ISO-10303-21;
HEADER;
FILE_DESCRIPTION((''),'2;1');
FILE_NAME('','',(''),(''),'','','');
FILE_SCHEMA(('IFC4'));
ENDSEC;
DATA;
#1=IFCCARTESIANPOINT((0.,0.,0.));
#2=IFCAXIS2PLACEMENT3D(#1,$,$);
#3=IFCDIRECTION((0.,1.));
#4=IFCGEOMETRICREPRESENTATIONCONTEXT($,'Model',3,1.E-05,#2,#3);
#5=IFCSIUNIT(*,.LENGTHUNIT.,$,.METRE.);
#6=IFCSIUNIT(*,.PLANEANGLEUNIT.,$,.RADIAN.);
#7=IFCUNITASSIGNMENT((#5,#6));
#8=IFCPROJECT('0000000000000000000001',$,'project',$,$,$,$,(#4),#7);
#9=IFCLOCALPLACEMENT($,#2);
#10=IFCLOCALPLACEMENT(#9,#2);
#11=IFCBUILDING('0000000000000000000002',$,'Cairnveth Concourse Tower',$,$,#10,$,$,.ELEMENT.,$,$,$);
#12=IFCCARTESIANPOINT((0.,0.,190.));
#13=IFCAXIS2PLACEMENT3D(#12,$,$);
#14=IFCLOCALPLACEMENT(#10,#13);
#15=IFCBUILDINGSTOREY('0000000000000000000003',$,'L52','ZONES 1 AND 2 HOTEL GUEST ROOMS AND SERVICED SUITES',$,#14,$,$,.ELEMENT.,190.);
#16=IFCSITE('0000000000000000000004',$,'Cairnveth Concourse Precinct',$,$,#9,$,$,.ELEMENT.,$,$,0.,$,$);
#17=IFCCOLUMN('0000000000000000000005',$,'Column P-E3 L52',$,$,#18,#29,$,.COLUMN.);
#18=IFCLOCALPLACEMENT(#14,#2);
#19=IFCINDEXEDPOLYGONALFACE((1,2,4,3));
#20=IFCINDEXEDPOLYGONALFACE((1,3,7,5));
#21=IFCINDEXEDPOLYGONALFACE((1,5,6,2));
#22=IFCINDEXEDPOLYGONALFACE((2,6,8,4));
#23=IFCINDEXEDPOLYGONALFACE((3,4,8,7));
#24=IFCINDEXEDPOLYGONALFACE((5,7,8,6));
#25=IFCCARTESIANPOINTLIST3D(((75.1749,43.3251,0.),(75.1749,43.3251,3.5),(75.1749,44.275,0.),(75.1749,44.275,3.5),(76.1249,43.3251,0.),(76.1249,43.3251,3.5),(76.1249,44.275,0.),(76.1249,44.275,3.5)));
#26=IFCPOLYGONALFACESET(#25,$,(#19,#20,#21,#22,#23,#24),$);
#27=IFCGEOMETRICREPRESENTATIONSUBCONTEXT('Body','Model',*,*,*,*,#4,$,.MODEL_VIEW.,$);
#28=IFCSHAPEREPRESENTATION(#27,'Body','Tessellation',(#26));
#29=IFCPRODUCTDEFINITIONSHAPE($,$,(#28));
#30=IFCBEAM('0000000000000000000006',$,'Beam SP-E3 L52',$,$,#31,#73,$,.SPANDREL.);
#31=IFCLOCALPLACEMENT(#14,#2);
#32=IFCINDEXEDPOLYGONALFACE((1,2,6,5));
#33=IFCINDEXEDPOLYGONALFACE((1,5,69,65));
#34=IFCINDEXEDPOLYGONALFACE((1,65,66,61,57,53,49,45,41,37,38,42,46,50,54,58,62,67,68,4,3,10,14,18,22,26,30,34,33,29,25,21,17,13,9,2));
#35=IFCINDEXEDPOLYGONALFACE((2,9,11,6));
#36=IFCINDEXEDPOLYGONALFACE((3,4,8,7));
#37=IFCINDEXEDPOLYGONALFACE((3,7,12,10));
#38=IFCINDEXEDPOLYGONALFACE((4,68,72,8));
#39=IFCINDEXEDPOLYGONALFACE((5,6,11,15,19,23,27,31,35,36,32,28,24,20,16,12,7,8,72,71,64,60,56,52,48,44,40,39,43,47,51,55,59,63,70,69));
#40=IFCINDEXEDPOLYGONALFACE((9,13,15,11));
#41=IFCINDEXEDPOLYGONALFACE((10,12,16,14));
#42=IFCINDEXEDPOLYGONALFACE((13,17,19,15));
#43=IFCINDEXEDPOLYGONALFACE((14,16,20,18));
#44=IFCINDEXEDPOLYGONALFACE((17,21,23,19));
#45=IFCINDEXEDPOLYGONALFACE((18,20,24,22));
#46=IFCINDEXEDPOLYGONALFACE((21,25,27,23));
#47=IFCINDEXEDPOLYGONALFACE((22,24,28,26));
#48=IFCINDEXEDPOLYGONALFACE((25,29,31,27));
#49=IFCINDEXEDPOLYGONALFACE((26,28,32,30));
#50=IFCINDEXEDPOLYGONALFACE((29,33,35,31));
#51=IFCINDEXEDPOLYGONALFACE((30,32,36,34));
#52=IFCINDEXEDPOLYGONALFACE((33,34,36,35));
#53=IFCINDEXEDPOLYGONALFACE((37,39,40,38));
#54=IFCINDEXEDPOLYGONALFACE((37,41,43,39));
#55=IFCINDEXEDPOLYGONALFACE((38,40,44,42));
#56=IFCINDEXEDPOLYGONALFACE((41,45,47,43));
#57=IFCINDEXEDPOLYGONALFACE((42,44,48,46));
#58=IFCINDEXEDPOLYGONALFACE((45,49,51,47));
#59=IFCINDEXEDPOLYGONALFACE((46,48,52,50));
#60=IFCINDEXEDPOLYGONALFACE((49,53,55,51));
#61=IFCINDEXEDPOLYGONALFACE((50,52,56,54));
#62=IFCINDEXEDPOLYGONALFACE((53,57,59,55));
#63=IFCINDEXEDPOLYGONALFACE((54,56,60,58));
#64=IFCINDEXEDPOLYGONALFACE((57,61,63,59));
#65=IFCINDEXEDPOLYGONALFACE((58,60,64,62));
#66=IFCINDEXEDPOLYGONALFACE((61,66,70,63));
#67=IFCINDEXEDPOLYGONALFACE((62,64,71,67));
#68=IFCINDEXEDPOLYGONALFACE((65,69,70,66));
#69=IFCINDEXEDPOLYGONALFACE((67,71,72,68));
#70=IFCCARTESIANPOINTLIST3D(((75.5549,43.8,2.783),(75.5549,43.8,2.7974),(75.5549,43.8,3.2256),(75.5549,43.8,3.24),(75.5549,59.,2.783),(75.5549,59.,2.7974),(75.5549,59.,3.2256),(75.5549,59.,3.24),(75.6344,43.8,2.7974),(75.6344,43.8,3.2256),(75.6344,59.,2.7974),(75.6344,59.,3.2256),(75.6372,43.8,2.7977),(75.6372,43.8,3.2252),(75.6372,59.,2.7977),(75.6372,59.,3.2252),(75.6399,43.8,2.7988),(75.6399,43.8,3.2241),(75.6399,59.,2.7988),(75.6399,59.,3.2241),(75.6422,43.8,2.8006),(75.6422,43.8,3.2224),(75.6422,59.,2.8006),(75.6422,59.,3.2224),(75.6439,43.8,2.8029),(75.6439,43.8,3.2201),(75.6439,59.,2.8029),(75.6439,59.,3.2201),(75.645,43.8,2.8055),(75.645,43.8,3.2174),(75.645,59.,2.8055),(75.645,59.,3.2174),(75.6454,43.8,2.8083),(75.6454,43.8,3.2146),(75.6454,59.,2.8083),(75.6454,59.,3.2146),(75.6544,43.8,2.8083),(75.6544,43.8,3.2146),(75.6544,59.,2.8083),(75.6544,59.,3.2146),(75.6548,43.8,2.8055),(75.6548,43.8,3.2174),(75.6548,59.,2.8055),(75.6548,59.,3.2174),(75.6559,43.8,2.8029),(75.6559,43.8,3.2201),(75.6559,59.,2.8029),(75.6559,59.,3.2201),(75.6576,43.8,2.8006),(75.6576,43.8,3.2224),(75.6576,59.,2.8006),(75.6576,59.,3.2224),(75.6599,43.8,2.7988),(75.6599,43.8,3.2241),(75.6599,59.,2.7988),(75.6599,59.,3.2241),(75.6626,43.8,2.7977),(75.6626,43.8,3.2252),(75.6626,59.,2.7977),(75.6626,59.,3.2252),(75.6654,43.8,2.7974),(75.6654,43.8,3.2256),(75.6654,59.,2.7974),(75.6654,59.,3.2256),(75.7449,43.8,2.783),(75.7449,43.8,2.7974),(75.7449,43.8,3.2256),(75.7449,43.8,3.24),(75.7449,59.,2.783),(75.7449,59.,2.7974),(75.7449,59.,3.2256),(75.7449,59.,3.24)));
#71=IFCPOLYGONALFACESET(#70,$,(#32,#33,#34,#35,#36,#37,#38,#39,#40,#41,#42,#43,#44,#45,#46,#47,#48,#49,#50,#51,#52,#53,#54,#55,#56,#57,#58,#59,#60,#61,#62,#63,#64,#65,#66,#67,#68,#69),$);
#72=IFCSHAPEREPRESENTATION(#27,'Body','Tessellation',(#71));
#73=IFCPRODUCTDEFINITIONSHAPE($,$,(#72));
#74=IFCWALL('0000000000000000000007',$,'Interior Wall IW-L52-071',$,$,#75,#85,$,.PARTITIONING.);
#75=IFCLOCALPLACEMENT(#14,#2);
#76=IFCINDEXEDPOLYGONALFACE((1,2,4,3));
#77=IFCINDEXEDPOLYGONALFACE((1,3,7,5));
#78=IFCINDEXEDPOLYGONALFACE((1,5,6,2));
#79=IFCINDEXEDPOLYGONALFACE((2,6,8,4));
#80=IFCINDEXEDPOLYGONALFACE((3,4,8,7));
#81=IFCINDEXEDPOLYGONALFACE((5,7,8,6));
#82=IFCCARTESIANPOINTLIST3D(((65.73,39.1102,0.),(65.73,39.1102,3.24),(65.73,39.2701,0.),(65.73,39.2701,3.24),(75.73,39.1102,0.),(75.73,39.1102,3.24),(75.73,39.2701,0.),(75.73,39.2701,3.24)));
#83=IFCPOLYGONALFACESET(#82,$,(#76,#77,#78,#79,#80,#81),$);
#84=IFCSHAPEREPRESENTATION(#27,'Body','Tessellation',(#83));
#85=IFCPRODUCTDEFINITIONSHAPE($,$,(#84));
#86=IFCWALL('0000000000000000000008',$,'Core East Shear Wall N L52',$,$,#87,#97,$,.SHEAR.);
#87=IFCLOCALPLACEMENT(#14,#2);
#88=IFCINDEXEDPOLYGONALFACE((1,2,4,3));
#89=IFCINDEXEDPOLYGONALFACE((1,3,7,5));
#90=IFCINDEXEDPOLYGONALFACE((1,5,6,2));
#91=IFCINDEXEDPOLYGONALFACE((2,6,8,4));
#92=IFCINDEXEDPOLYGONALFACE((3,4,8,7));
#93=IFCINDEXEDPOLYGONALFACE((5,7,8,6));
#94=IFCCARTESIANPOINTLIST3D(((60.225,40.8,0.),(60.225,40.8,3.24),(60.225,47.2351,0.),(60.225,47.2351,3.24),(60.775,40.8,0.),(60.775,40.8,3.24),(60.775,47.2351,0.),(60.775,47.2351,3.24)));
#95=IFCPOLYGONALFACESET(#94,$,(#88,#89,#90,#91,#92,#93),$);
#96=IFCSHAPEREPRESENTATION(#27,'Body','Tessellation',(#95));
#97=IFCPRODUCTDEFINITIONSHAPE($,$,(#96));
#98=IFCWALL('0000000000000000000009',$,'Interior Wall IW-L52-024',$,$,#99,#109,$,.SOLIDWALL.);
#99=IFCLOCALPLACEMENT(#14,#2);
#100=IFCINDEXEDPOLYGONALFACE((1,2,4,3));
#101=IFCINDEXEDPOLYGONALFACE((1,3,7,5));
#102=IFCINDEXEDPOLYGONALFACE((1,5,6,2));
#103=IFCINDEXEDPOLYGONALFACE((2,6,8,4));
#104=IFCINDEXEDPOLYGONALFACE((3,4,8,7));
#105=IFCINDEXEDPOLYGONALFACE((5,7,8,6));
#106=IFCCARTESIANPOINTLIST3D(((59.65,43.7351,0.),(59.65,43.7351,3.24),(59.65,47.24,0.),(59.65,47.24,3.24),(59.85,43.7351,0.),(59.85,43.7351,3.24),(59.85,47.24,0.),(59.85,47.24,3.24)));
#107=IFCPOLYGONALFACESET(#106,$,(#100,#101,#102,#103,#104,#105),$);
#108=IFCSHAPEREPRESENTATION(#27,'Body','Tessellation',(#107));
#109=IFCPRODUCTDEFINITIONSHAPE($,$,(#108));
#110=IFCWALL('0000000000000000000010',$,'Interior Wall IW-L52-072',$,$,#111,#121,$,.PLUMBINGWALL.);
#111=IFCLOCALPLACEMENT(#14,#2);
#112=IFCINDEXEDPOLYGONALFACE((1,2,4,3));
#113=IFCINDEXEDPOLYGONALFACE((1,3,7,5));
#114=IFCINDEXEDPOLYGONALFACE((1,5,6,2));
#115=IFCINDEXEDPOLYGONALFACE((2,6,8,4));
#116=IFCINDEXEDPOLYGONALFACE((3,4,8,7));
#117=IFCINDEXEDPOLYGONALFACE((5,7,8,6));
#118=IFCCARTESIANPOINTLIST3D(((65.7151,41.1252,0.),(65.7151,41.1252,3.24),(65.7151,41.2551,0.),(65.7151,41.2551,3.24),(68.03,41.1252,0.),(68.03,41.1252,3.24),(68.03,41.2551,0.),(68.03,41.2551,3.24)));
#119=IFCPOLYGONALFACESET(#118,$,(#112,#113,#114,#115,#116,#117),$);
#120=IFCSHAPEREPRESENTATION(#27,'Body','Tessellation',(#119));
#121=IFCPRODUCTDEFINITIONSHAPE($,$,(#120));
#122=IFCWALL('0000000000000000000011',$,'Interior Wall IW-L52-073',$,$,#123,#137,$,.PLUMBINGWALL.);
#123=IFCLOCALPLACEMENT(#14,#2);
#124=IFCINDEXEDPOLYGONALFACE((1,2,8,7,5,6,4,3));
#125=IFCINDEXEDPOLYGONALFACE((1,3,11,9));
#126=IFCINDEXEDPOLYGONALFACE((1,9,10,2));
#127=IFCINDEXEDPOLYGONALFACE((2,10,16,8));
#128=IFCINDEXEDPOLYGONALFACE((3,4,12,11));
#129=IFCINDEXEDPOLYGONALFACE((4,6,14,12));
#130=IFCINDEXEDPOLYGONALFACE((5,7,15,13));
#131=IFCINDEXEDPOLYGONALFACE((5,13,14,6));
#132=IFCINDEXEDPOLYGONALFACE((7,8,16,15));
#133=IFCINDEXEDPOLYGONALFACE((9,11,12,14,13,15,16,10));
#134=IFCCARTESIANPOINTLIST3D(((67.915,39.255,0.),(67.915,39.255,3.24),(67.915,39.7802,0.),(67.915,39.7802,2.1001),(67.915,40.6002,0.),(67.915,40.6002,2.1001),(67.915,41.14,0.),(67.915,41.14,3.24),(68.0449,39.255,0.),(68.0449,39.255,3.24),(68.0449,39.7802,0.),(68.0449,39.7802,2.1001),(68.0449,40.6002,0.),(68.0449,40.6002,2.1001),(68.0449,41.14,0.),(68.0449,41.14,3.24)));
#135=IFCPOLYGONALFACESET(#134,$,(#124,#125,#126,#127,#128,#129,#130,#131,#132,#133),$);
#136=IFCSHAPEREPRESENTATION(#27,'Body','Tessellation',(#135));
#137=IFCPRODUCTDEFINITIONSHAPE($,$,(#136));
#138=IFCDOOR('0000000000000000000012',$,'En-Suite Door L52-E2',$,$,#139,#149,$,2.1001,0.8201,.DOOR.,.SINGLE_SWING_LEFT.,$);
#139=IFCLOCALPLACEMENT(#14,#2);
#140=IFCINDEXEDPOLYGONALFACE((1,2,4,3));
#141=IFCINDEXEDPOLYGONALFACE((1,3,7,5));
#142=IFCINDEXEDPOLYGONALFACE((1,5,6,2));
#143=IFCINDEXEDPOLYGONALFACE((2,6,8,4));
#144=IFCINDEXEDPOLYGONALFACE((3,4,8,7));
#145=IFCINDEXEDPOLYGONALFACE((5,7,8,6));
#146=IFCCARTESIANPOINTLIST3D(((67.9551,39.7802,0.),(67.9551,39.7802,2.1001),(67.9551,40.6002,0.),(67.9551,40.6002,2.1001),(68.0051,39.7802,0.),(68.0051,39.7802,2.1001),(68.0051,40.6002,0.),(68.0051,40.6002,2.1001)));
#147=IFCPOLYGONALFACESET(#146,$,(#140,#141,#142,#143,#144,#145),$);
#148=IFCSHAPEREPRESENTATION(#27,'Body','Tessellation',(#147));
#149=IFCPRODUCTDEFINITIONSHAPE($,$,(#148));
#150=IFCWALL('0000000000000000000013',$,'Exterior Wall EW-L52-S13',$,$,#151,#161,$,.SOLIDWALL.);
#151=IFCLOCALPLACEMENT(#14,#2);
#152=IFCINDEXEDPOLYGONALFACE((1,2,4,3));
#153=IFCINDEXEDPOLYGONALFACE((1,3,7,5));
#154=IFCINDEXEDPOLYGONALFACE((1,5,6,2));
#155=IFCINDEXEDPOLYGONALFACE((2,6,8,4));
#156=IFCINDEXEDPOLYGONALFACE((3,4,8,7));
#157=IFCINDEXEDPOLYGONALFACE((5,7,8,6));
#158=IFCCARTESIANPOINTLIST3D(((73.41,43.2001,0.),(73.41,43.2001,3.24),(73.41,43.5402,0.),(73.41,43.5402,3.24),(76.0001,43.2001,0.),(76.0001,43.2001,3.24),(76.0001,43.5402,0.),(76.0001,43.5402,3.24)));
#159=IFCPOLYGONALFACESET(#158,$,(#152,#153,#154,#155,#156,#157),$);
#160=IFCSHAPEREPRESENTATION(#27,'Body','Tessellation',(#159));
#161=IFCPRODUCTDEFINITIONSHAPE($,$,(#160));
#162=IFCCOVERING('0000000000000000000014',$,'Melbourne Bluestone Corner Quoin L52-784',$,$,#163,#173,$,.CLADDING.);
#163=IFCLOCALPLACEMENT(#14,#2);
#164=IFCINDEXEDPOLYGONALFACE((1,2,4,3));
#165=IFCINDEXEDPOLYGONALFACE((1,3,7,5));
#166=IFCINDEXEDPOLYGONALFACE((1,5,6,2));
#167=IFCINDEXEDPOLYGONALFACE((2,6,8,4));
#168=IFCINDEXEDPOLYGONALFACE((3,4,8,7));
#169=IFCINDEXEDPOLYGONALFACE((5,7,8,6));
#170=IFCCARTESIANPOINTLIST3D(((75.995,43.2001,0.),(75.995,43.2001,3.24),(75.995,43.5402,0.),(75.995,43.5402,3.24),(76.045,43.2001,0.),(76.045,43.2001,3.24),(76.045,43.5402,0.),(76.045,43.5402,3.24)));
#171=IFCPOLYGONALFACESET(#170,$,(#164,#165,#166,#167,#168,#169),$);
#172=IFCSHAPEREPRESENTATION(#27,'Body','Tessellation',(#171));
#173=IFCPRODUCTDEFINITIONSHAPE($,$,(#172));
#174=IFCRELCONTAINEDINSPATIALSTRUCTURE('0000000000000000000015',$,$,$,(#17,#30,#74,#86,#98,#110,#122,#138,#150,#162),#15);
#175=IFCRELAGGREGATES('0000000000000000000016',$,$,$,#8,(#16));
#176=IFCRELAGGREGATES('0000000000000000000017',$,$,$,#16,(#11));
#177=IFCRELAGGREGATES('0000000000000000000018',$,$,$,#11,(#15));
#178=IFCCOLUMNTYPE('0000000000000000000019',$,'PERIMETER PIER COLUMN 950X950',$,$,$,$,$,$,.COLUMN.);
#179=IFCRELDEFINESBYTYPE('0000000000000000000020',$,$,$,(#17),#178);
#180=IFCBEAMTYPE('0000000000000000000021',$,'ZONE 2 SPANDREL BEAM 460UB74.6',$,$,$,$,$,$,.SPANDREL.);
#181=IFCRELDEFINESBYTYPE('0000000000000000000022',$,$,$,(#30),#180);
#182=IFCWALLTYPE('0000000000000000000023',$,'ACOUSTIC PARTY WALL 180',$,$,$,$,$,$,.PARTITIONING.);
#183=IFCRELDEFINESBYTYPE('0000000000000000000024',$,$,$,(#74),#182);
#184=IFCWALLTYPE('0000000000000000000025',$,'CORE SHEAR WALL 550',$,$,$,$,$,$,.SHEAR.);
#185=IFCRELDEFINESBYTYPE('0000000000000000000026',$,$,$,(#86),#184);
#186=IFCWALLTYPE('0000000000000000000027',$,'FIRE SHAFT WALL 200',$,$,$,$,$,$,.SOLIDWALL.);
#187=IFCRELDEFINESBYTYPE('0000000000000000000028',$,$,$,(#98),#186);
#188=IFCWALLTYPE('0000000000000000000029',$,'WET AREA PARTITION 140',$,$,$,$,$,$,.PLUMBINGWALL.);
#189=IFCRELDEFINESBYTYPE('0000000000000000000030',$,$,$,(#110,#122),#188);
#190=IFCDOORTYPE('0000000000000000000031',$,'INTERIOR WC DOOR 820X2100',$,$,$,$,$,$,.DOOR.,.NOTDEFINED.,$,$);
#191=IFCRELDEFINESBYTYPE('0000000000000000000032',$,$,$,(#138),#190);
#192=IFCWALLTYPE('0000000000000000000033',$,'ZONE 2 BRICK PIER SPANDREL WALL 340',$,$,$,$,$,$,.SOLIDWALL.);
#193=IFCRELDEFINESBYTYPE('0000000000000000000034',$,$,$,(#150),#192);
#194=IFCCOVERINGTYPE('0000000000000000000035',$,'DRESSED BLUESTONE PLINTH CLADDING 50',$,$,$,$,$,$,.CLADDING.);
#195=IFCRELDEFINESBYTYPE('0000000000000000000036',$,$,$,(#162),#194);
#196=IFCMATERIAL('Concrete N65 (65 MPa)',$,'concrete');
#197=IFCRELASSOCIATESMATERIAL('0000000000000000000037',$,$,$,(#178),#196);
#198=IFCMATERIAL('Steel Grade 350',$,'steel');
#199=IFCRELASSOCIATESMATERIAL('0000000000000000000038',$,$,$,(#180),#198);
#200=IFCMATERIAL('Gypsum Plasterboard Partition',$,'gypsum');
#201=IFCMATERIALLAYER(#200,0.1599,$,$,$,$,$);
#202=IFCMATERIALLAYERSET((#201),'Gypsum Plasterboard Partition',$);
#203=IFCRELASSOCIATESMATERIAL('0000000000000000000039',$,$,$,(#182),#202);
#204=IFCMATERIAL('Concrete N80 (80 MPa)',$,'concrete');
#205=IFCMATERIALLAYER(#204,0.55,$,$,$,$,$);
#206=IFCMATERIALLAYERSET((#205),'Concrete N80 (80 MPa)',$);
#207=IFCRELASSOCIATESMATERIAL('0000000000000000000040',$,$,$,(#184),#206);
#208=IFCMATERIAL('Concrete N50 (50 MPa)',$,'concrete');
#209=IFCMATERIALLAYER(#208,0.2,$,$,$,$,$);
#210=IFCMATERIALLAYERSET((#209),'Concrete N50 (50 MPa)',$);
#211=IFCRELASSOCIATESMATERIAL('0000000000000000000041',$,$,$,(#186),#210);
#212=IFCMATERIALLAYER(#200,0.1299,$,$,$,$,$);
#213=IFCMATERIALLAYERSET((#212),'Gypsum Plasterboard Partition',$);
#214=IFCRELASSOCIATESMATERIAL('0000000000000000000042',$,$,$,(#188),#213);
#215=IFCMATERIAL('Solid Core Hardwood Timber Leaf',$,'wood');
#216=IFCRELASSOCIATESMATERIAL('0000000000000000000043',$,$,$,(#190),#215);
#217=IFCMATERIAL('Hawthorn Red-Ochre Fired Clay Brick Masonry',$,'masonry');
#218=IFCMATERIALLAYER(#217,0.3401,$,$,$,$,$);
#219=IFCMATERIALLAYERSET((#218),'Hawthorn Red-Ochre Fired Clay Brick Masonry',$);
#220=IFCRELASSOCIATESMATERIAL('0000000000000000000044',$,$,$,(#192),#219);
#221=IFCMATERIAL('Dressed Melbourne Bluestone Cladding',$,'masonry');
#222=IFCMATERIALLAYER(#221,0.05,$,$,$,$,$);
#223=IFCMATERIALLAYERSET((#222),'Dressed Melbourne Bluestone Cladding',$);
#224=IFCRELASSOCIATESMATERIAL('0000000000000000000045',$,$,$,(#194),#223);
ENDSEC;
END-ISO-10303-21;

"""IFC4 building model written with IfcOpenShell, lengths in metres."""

from ifc_helpers import new_model, si_unit, direction, frame, frame_2d, origin, origin_2d, place, context, subcontext, project, spatial, rectangle, i_section, extrude, material, layer, layer_set, material_profile, profile_set, type_object, element, fill, save


model = new_model("IFC4")

# Units and contexts
model_context = context("Model", 3, precision=1e-05, world=origin(), true_north=direction((0.0, 1.0)))
body_context = subcontext(model_context, "Body", "Model", "MODEL_VIEW")
ifc_project = project(units=[si_unit("LENGTHUNIT", "METRE"), si_unit("PLANEANGLEUNIT", "RADIAN")], contexts=[model_context])

# Site, building, storey
site_placement = place(None, origin())
site = spatial("IfcSite", under=ifc_project, at=site_placement, Name="Cairnveth Concourse Precinct", CompositionType="ELEMENT", RefElevation=0.0)
building_placement = place(site_placement, origin())
building = spatial("IfcBuilding", under=site, at=building_placement, Name="Cairnveth Concourse Tower", CompositionType="ELEMENT")
storey_placement = place(building_placement, frame((0.0, 0.0, 190.0)))
storey = spatial("IfcBuildingStorey", under=building, at=storey_placement, Name="L52", Description="ZONES 1 AND 2 HOTEL GUEST ROOMS AND SERVICED SUITES", CompositionType="ELEMENT", Elevation=190.0)

# Column
ifc_material_1 = material(Name="Concrete N65 (65 MPa)", Category="concrete")
ifc_material_profile_1 = material_profile(ifc_material_1, rectangle(XDim=0.95, YDim=0.95, at=origin_2d()), Name="RC-COL-950x950")
ifc_profile_set_1 = profile_set([ifc_material_profile_1], Name="Concrete N65 (65 MPa)")
column_type = type_object("IfcColumnType", Name="PERIMETER PIER COLUMN 950X950", PredefinedType="COLUMN", material=ifc_profile_set_1)
column_placement = place(storey_placement, frame((75.6499, 43.8, 0.0), z_axis=(0.0, 0.0, 1.0), x_axis=(0.0, 1.0, 0.0)))
element("IfcColumn", 1, at=column_placement, inside=storey, type_object=column_type, Name="Column P-E3 L52", PredefinedType="COLUMN", context=body_context, shape_type="SweptSolid", body=[
    extrude(rectangle(XDim=0.95, YDim=0.95, at=origin_2d()), origin(), (0.0, 0.0, 1.0), 3.5),
])

# Beam
ifc_material_2 = material(Name="Steel Grade 350", Category="steel")
ifc_material_profile_2 = material_profile(ifc_material_2, i_section(OverallWidth=0.1899, OverallDepth=0.457, WebThickness=0.009, FlangeThickness=0.0144, FilletRadius=0.011, at=origin_2d()), Name="460UB74.6")
ifc_profile_set_2 = profile_set([ifc_material_profile_2], Name="Steel Grade 350")
beam_type = type_object("IfcBeamType", Name="ZONE 2 SPANDREL BEAM 460UB74.6", PredefinedType="SPANDREL", material=ifc_profile_set_2)
beam_placement = place(storey_placement, frame((75.6499, 43.8, 3.0115), z_axis=(0.0, 1.0, 0.0), x_axis=(-1.0, 0.0, 0.0)))
element("IfcBeam", 2, at=beam_placement, inside=storey, type_object=beam_type, Name="Beam SP-E3 L52", PredefinedType="SPANDREL", context=body_context, shape_type="SweptSolid", body=[
    extrude(i_section(OverallWidth=0.1899, OverallDepth=0.457, WebThickness=0.009, FlangeThickness=0.0144, FilletRadius=0.011, at=origin_2d()), origin(), (0.0, 0.0, 1.0), 15.2),
])

# Walls
ifc_material_3 = material(Name="Gypsum Plasterboard Partition", Category="gypsum")
ifc_layer_1 = layer(ifc_material_3, 0.1599)
ifc_layer_set_1 = layer_set([ifc_layer_1], Name="Gypsum Plasterboard Partition")
wall_type_1 = type_object("IfcWallType", Name="ACOUSTIC PARTY WALL 180", PredefinedType="PARTITIONING", material=ifc_layer_set_1)
wall_1_placement = place(storey_placement, frame((65.73, 39.1902, 0.0), z_axis=(0.0, 0.0, 1.0), x_axis=(1.0, 0.0, 0.0)))
element("IfcWall", 3, at=wall_1_placement, inside=storey, type_object=wall_type_1, Name="Interior Wall IW-L52-071", PredefinedType="PARTITIONING", context=body_context, shape_type="SweptSolid", body=[
    extrude(rectangle(XDim=10.0, YDim=0.1599, at=frame_2d((5.0, 0.0))), origin(), (0.0, 0.0, 1.0), 3.24),
])
ifc_material_4 = material(Name="Concrete N80 (80 MPa)", Category="concrete")
ifc_layer_2 = layer(ifc_material_4, 0.55)
ifc_layer_set_2 = layer_set([ifc_layer_2], Name="Concrete N80 (80 MPa)")
wall_type_2 = type_object("IfcWallType", Name="CORE SHEAR WALL 550", PredefinedType="SHEAR", material=ifc_layer_set_2)
wall_2_placement = place(storey_placement, frame((60.5, 40.8, 0.0), z_axis=(0.0, 0.0, 1.0), x_axis=(0.0, 1.0, 0.0)))
element("IfcWall", 4, at=wall_2_placement, inside=storey, type_object=wall_type_2, Name="Core East Shear Wall N L52", PredefinedType="SHEAR", context=body_context, shape_type="SweptSolid", body=[
    extrude(rectangle(XDim=6.4351, YDim=0.55, at=frame_2d((3.2175, 0.0))), origin(), (0.0, 0.0, 1.0), 3.24),
])

# Shared definitions
ifc_material_5 = material(Name="Concrete N50 (50 MPa)", Category="concrete")
ifc_layer_3 = layer(ifc_material_5, 0.2)
ifc_layer_set_3 = layer_set([ifc_layer_3], Name="Concrete N50 (50 MPa)")
wall_type_3 = type_object("IfcWallType", Name="FIRE SHAFT WALL 200", PredefinedType="SOLIDWALL", material=ifc_layer_set_3)

# Walls
wall_3_placement = place(storey_placement, frame((59.75, 43.7351, 0.0), z_axis=(0.0, 0.0, 1.0), x_axis=(0.0, 1.0, 0.0)))
element("IfcWall", 5, at=wall_3_placement, inside=storey, type_object=wall_type_3, Name="Interior Wall IW-L52-024", PredefinedType="SOLIDWALL", context=body_context, shape_type="SweptSolid", body=[
    extrude(rectangle(XDim=3.5049, YDim=0.2, at=frame_2d((1.7524, 0.0))), origin(), (0.0, 0.0, 1.0), 3.24),
])
ifc_layer_4 = layer(ifc_material_3, 0.1299)
ifc_layer_set_4 = layer_set([ifc_layer_4], Name="Gypsum Plasterboard Partition")
wall_type_4 = type_object("IfcWallType", Name="WET AREA PARTITION 140", PredefinedType="PLUMBINGWALL", material=ifc_layer_set_4)
wall_4_placement = place(storey_placement, frame((65.7151, 41.1902, 0.0), z_axis=(0.0, 0.0, 1.0), x_axis=(1.0, 0.0, 0.0)))
element("IfcWall", 6, at=wall_4_placement, inside=storey, type_object=wall_type_4, Name="Interior Wall IW-L52-072", PredefinedType="PLUMBINGWALL", context=body_context, shape_type="SweptSolid", body=[
    extrude(rectangle(XDim=2.3149, YDim=0.1299, at=frame_2d((1.1575, 0.0))), origin(), (0.0, 0.0, 1.0), 3.24),
])

# Wall, opening, door
wall_5_placement = place(storey_placement, frame((67.98, 39.2551, 0.0), z_axis=(0.0, 0.0, 1.0), x_axis=(0.0, 1.0, 0.0)))
wall_5 = element("IfcWall", 7, at=wall_5_placement, inside=storey, type_object=wall_type_4, Name="Interior Wall IW-L52-073", PredefinedType="PLUMBINGWALL", context=body_context, shape_type="SweptSolid", body=[
    extrude(rectangle(XDim=1.885, YDim=0.1299, at=frame_2d((0.9424, 0.0))), origin(), (0.0, 0.0, 1.0), 3.24),
])
opening_1_placement = place(wall_5_placement, frame((0.5249, 0.0, 0.0)))
opening_1 = element("IfcOpeningElement", 8, at=opening_1_placement, cuts=wall_5, PredefinedType="OPENING", context=body_context, shape_type="SweptSolid", body=[
    extrude(rectangle(XDim=0.8201, YDim=2.1001, at=frame_2d((0.4102, 1.05))), frame((0.0, 0.075, 0.0), z_axis=(0.0, -1.0, 0.0), x_axis=(1.0, 0.0, 0.0)), (0.0, 0.0, 1.0), 0.1499),
])
ifc_material_6 = material(Name="Solid Core Hardwood Timber Leaf", Category="wood")
door_type_1 = type_object("IfcDoorType", Name="INTERIOR WC DOOR 820X2100", OperationType="NOTDEFINED", PredefinedType="DOOR", material=ifc_material_6)
door_1_placement = place(opening_1_placement, origin())
door_1 = element("IfcDoor", 9, at=door_1_placement, inside=storey, type_object=door_type_1, Name="En-Suite Door L52-E2", OperationType="SINGLE_SWING_LEFT", OverallHeight=2.1001, OverallWidth=0.8201, PredefinedType="DOOR", context=body_context, shape_type="SweptSolid", body=[
    extrude(rectangle(XDim=0.8201, YDim=2.1001, at=frame_2d((0.4102, 1.05))), frame((0.0, 0.0249, 0.0), z_axis=(0.0, -1.0, 0.0), x_axis=(1.0, 0.0, 0.0)), (0.0, 0.0, 1.0), 0.05),
])
fill(opening_1, door_1)

# Wall
ifc_material_7 = material(Name="Hawthorn Red-Ochre Fired Clay Brick Masonry", Category="masonry")
ifc_layer_5 = layer(ifc_material_7, 0.3401)
ifc_layer_set_5 = layer_set([ifc_layer_5], Name="Hawthorn Red-Ochre Fired Clay Brick Masonry")
wall_type_5 = type_object("IfcWallType", Name="ZONE 2 BRICK PIER SPANDREL WALL 340", PredefinedType="SOLIDWALL", material=ifc_layer_set_5)
wall_6_placement = place(storey_placement, frame((76.0, 43.3701, 0.0), z_axis=(0.0, 0.0, 1.0), x_axis=(-1.0, 0.0, 0.0)))
element("IfcWall", 10, at=wall_6_placement, inside=storey, type_object=wall_type_5, Name="Exterior Wall EW-L52-S13", PredefinedType="SOLIDWALL", context=body_context, shape_type="SweptSolid", body=[
    extrude(rectangle(XDim=2.5901, YDim=0.3401, at=frame_2d((1.2949, 0.0))), origin(), (0.0, 0.0, 1.0), 3.24),
])

# Covering
ifc_material_8 = material(Name="Dressed Melbourne Bluestone Cladding", Category="masonry")
ifc_layer_6 = layer(ifc_material_8, 0.05)
ifc_layer_set_6 = layer_set([ifc_layer_6], Name="Dressed Melbourne Bluestone Cladding")
covering_type = type_object("IfcCoveringType", Name="DRESSED BLUESTONE PLINTH CLADDING 50", PredefinedType="CLADDING", material=ifc_layer_set_6)
for number, where, z_axis, x_axis, name in (
    (11, (76.02, 43.54, 0.0), (0.0, 0.0, 1.0), (0.0, -1.0, 0.0), "Melbourne Bluestone Corner Quoin L52-784"),
):
    element("IfcCovering", number, at=place(storey_placement, frame(where, z_axis=z_axis, x_axis=x_axis)), inside=storey, type_object=covering_type, Name=name, PredefinedType="CLADDING", context=body_context, shape_type="SweptSolid", body=[
        extrude(rectangle(XDim=0.3401, YDim=0.05, at=frame_2d((0.1699, 0.0))), origin(), (0.0, 0.0, 1.0), 3.24),
    ])

save(model, "model.ifc")
